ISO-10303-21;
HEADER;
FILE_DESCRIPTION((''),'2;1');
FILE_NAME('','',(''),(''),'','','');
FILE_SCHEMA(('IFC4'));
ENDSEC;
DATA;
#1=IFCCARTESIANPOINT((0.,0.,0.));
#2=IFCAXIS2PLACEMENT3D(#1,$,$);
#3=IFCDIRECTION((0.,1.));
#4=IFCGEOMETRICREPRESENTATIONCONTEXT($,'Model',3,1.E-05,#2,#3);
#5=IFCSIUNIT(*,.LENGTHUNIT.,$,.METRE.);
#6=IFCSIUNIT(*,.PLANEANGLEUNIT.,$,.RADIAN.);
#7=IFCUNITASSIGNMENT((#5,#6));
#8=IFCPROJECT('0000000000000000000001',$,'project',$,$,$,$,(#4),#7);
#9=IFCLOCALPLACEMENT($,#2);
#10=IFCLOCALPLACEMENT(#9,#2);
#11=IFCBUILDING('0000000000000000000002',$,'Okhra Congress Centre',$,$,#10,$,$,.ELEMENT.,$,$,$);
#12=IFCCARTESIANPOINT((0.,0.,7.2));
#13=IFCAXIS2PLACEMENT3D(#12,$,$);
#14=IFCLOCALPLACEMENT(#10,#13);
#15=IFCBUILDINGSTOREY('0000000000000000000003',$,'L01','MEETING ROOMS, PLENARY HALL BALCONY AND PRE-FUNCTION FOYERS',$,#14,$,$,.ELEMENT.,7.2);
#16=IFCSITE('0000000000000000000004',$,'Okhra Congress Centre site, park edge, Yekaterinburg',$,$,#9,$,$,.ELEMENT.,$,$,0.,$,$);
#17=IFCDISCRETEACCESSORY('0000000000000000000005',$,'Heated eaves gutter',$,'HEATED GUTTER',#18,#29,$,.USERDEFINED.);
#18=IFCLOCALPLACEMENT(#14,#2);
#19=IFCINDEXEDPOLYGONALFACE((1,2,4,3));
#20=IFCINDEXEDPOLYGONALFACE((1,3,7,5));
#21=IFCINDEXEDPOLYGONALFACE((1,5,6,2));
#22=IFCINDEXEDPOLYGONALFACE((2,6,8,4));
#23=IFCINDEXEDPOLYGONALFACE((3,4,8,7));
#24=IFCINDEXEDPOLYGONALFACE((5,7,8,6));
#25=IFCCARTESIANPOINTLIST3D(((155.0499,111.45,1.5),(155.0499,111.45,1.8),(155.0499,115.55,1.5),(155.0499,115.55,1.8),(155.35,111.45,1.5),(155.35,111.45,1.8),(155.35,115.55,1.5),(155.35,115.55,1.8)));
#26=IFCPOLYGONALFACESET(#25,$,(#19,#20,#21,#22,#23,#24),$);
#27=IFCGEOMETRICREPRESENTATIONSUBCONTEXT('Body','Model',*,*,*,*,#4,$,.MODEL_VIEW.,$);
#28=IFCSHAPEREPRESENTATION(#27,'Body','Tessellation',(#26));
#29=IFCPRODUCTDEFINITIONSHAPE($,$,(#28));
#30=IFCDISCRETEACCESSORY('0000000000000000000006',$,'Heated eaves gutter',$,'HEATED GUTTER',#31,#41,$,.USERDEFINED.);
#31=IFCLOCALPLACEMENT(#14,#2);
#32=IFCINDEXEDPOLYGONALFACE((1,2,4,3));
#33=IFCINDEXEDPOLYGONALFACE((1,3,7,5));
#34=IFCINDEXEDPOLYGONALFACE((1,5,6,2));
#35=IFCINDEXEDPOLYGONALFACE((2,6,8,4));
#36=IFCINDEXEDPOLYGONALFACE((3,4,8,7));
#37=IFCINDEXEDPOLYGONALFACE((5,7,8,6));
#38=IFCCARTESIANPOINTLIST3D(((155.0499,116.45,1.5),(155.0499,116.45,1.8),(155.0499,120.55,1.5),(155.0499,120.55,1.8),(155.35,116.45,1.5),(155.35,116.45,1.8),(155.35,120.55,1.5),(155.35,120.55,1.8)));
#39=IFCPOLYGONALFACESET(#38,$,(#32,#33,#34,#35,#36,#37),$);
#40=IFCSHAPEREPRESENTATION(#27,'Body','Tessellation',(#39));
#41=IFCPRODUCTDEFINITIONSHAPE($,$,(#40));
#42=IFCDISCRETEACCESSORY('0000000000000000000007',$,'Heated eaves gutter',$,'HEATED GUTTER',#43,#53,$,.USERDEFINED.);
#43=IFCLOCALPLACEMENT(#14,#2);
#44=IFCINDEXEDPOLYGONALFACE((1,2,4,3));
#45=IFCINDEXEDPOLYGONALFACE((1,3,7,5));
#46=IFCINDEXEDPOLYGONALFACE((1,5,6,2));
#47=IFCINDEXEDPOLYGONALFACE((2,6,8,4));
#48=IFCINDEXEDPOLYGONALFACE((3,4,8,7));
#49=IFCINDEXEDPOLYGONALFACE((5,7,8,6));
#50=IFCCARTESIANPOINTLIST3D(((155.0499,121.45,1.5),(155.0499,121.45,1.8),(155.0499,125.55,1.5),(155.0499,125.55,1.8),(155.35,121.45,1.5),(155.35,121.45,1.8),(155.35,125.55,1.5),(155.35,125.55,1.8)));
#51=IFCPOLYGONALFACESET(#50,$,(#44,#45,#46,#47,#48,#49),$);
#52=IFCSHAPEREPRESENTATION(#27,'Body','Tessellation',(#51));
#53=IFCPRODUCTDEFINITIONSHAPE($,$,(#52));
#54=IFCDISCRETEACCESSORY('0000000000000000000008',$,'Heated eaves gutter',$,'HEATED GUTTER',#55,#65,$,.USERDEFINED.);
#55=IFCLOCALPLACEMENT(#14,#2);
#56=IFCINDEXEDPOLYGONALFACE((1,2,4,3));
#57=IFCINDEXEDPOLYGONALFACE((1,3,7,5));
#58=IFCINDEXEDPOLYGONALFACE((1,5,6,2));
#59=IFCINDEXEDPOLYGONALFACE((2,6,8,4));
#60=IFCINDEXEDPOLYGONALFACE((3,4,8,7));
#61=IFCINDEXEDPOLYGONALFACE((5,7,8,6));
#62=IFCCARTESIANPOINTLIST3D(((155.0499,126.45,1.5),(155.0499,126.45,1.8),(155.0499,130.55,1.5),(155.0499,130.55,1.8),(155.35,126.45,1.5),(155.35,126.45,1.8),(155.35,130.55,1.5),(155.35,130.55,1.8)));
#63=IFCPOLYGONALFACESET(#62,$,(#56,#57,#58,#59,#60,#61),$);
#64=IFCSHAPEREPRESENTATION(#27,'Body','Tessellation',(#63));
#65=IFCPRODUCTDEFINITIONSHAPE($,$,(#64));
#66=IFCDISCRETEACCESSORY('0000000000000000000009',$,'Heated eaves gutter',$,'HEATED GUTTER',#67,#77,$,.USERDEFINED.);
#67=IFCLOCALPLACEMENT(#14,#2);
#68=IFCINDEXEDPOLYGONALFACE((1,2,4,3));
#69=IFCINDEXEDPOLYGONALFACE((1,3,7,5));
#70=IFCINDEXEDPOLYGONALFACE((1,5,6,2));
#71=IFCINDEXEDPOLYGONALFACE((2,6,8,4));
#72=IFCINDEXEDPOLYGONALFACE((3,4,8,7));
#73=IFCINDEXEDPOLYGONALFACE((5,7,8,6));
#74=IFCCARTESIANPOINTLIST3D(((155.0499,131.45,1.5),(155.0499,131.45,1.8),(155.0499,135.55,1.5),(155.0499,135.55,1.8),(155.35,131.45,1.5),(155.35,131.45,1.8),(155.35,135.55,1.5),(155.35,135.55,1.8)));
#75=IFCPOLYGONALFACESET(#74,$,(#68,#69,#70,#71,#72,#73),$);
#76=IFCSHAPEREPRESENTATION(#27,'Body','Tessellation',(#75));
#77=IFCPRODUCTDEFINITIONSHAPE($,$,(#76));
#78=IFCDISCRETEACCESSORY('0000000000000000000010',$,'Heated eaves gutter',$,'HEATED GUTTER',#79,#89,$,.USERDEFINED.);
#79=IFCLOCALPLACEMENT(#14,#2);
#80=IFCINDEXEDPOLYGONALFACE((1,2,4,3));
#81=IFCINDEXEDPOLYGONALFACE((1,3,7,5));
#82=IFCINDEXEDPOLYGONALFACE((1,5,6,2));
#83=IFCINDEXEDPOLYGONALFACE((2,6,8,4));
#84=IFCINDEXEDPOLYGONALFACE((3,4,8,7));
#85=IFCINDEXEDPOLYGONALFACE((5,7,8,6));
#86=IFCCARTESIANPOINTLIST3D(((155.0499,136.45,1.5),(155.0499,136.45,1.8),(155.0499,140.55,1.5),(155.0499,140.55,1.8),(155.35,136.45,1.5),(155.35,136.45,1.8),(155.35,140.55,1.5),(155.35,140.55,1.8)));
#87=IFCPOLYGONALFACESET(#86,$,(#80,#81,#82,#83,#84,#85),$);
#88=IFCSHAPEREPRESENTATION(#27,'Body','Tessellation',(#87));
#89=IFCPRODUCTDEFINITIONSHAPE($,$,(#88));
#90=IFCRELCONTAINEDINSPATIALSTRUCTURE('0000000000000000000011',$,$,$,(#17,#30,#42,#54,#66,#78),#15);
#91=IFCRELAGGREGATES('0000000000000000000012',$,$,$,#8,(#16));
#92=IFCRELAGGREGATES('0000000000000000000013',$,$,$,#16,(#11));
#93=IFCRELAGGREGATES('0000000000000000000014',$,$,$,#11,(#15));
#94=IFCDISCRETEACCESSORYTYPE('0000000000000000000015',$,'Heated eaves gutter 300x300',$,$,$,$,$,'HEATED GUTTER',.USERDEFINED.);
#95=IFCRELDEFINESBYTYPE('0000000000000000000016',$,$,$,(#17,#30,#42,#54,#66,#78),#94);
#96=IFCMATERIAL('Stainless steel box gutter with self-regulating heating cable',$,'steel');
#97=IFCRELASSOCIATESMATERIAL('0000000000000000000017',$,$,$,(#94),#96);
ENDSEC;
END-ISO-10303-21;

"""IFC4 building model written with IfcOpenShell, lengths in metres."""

from ifc_helpers import new_model, si_unit, direction, frame, origin, origin_2d, place, context, subcontext, project, spatial, rectangle, extrude, material, type_object, element, save


model = new_model("IFC4")

# Units and contexts
model_context = context("Model", 3, precision=1e-05, world=origin(), true_north=direction((0.0, 1.0)))
body_context = subcontext(model_context, "Body", "Model", "MODEL_VIEW")
ifc_project = project(units=[si_unit("LENGTHUNIT", "METRE"), si_unit("PLANEANGLEUNIT", "RADIAN")], contexts=[model_context])

# Site, building, storey
site_placement = place(None, origin())
site = spatial("IfcSite", under=ifc_project, at=site_placement, Name="Okhra Congress Centre site, park edge, Yekaterinburg", CompositionType="ELEMENT", RefElevation=0.0)
building_placement = place(site_placement, origin())
building = spatial("IfcBuilding", under=site, at=building_placement, Name="Okhra Congress Centre", CompositionType="ELEMENT")
storey_placement = place(building_placement, frame((0.0, 0.0, 7.2)))
storey = spatial("IfcBuildingStorey", under=building, at=storey_placement, Name="L01", Description="MEETING ROOMS, PLENARY HALL BALCONY AND PRE-FUNCTION FOYERS", CompositionType="ELEMENT", Elevation=7.2)

# Discrete accessories
ifc_material_1 = material(Name="Stainless steel box gutter with self-regulating heating cable", Category="steel")
discrete_accessory_type = type_object("IfcDiscreteAccessoryType", Name="Heated eaves gutter 300x300", ElementType="HEATED GUTTER", PredefinedType="USERDEFINED", material=ifc_material_1)
for number, where, z_axis, x_axis, name in (
    (1, (155.2, 113.5, 1.5), (0.0, 0.0, 1.0), (1.0, 0.0, 0.0), "Heated eaves gutter"),
    (2, (155.2, 118.5, 1.5), (0.0, 0.0, 1.0), (1.0, 0.0, 0.0), "Heated eaves gutter"),
    (3, (155.2, 123.5, 1.5), (0.0, 0.0, 1.0), (1.0, 0.0, 0.0), "Heated eaves gutter"),
    (4, (155.2, 128.5, 1.5), (0.0, 0.0, 1.0), (1.0, 0.0, 0.0), "Heated eaves gutter"),
    (5, (155.2, 133.5, 1.5), (0.0, 0.0, 1.0), (1.0, 0.0, 0.0), "Heated eaves gutter"),
    (6, (155.2, 138.5, 1.5), (0.0, 0.0, 1.0), (1.0, 0.0, 0.0), "Heated eaves gutter"),
):
    element("IfcDiscreteAccessory", number, at=place(storey_placement, frame(where, z_axis=z_axis, x_axis=x_axis)), inside=storey, type_object=discrete_accessory_type, Name=name, ObjectType="HEATED GUTTER", PredefinedType="USERDEFINED", context=body_context, shape_type="SweptSolid", body=[
        extrude(rectangle(XDim=0.3, YDim=4.1001, at=origin_2d()), origin(), (0.0, 0.0, 1.0), 0.3),
    ])

save(model, "model.ifc")
